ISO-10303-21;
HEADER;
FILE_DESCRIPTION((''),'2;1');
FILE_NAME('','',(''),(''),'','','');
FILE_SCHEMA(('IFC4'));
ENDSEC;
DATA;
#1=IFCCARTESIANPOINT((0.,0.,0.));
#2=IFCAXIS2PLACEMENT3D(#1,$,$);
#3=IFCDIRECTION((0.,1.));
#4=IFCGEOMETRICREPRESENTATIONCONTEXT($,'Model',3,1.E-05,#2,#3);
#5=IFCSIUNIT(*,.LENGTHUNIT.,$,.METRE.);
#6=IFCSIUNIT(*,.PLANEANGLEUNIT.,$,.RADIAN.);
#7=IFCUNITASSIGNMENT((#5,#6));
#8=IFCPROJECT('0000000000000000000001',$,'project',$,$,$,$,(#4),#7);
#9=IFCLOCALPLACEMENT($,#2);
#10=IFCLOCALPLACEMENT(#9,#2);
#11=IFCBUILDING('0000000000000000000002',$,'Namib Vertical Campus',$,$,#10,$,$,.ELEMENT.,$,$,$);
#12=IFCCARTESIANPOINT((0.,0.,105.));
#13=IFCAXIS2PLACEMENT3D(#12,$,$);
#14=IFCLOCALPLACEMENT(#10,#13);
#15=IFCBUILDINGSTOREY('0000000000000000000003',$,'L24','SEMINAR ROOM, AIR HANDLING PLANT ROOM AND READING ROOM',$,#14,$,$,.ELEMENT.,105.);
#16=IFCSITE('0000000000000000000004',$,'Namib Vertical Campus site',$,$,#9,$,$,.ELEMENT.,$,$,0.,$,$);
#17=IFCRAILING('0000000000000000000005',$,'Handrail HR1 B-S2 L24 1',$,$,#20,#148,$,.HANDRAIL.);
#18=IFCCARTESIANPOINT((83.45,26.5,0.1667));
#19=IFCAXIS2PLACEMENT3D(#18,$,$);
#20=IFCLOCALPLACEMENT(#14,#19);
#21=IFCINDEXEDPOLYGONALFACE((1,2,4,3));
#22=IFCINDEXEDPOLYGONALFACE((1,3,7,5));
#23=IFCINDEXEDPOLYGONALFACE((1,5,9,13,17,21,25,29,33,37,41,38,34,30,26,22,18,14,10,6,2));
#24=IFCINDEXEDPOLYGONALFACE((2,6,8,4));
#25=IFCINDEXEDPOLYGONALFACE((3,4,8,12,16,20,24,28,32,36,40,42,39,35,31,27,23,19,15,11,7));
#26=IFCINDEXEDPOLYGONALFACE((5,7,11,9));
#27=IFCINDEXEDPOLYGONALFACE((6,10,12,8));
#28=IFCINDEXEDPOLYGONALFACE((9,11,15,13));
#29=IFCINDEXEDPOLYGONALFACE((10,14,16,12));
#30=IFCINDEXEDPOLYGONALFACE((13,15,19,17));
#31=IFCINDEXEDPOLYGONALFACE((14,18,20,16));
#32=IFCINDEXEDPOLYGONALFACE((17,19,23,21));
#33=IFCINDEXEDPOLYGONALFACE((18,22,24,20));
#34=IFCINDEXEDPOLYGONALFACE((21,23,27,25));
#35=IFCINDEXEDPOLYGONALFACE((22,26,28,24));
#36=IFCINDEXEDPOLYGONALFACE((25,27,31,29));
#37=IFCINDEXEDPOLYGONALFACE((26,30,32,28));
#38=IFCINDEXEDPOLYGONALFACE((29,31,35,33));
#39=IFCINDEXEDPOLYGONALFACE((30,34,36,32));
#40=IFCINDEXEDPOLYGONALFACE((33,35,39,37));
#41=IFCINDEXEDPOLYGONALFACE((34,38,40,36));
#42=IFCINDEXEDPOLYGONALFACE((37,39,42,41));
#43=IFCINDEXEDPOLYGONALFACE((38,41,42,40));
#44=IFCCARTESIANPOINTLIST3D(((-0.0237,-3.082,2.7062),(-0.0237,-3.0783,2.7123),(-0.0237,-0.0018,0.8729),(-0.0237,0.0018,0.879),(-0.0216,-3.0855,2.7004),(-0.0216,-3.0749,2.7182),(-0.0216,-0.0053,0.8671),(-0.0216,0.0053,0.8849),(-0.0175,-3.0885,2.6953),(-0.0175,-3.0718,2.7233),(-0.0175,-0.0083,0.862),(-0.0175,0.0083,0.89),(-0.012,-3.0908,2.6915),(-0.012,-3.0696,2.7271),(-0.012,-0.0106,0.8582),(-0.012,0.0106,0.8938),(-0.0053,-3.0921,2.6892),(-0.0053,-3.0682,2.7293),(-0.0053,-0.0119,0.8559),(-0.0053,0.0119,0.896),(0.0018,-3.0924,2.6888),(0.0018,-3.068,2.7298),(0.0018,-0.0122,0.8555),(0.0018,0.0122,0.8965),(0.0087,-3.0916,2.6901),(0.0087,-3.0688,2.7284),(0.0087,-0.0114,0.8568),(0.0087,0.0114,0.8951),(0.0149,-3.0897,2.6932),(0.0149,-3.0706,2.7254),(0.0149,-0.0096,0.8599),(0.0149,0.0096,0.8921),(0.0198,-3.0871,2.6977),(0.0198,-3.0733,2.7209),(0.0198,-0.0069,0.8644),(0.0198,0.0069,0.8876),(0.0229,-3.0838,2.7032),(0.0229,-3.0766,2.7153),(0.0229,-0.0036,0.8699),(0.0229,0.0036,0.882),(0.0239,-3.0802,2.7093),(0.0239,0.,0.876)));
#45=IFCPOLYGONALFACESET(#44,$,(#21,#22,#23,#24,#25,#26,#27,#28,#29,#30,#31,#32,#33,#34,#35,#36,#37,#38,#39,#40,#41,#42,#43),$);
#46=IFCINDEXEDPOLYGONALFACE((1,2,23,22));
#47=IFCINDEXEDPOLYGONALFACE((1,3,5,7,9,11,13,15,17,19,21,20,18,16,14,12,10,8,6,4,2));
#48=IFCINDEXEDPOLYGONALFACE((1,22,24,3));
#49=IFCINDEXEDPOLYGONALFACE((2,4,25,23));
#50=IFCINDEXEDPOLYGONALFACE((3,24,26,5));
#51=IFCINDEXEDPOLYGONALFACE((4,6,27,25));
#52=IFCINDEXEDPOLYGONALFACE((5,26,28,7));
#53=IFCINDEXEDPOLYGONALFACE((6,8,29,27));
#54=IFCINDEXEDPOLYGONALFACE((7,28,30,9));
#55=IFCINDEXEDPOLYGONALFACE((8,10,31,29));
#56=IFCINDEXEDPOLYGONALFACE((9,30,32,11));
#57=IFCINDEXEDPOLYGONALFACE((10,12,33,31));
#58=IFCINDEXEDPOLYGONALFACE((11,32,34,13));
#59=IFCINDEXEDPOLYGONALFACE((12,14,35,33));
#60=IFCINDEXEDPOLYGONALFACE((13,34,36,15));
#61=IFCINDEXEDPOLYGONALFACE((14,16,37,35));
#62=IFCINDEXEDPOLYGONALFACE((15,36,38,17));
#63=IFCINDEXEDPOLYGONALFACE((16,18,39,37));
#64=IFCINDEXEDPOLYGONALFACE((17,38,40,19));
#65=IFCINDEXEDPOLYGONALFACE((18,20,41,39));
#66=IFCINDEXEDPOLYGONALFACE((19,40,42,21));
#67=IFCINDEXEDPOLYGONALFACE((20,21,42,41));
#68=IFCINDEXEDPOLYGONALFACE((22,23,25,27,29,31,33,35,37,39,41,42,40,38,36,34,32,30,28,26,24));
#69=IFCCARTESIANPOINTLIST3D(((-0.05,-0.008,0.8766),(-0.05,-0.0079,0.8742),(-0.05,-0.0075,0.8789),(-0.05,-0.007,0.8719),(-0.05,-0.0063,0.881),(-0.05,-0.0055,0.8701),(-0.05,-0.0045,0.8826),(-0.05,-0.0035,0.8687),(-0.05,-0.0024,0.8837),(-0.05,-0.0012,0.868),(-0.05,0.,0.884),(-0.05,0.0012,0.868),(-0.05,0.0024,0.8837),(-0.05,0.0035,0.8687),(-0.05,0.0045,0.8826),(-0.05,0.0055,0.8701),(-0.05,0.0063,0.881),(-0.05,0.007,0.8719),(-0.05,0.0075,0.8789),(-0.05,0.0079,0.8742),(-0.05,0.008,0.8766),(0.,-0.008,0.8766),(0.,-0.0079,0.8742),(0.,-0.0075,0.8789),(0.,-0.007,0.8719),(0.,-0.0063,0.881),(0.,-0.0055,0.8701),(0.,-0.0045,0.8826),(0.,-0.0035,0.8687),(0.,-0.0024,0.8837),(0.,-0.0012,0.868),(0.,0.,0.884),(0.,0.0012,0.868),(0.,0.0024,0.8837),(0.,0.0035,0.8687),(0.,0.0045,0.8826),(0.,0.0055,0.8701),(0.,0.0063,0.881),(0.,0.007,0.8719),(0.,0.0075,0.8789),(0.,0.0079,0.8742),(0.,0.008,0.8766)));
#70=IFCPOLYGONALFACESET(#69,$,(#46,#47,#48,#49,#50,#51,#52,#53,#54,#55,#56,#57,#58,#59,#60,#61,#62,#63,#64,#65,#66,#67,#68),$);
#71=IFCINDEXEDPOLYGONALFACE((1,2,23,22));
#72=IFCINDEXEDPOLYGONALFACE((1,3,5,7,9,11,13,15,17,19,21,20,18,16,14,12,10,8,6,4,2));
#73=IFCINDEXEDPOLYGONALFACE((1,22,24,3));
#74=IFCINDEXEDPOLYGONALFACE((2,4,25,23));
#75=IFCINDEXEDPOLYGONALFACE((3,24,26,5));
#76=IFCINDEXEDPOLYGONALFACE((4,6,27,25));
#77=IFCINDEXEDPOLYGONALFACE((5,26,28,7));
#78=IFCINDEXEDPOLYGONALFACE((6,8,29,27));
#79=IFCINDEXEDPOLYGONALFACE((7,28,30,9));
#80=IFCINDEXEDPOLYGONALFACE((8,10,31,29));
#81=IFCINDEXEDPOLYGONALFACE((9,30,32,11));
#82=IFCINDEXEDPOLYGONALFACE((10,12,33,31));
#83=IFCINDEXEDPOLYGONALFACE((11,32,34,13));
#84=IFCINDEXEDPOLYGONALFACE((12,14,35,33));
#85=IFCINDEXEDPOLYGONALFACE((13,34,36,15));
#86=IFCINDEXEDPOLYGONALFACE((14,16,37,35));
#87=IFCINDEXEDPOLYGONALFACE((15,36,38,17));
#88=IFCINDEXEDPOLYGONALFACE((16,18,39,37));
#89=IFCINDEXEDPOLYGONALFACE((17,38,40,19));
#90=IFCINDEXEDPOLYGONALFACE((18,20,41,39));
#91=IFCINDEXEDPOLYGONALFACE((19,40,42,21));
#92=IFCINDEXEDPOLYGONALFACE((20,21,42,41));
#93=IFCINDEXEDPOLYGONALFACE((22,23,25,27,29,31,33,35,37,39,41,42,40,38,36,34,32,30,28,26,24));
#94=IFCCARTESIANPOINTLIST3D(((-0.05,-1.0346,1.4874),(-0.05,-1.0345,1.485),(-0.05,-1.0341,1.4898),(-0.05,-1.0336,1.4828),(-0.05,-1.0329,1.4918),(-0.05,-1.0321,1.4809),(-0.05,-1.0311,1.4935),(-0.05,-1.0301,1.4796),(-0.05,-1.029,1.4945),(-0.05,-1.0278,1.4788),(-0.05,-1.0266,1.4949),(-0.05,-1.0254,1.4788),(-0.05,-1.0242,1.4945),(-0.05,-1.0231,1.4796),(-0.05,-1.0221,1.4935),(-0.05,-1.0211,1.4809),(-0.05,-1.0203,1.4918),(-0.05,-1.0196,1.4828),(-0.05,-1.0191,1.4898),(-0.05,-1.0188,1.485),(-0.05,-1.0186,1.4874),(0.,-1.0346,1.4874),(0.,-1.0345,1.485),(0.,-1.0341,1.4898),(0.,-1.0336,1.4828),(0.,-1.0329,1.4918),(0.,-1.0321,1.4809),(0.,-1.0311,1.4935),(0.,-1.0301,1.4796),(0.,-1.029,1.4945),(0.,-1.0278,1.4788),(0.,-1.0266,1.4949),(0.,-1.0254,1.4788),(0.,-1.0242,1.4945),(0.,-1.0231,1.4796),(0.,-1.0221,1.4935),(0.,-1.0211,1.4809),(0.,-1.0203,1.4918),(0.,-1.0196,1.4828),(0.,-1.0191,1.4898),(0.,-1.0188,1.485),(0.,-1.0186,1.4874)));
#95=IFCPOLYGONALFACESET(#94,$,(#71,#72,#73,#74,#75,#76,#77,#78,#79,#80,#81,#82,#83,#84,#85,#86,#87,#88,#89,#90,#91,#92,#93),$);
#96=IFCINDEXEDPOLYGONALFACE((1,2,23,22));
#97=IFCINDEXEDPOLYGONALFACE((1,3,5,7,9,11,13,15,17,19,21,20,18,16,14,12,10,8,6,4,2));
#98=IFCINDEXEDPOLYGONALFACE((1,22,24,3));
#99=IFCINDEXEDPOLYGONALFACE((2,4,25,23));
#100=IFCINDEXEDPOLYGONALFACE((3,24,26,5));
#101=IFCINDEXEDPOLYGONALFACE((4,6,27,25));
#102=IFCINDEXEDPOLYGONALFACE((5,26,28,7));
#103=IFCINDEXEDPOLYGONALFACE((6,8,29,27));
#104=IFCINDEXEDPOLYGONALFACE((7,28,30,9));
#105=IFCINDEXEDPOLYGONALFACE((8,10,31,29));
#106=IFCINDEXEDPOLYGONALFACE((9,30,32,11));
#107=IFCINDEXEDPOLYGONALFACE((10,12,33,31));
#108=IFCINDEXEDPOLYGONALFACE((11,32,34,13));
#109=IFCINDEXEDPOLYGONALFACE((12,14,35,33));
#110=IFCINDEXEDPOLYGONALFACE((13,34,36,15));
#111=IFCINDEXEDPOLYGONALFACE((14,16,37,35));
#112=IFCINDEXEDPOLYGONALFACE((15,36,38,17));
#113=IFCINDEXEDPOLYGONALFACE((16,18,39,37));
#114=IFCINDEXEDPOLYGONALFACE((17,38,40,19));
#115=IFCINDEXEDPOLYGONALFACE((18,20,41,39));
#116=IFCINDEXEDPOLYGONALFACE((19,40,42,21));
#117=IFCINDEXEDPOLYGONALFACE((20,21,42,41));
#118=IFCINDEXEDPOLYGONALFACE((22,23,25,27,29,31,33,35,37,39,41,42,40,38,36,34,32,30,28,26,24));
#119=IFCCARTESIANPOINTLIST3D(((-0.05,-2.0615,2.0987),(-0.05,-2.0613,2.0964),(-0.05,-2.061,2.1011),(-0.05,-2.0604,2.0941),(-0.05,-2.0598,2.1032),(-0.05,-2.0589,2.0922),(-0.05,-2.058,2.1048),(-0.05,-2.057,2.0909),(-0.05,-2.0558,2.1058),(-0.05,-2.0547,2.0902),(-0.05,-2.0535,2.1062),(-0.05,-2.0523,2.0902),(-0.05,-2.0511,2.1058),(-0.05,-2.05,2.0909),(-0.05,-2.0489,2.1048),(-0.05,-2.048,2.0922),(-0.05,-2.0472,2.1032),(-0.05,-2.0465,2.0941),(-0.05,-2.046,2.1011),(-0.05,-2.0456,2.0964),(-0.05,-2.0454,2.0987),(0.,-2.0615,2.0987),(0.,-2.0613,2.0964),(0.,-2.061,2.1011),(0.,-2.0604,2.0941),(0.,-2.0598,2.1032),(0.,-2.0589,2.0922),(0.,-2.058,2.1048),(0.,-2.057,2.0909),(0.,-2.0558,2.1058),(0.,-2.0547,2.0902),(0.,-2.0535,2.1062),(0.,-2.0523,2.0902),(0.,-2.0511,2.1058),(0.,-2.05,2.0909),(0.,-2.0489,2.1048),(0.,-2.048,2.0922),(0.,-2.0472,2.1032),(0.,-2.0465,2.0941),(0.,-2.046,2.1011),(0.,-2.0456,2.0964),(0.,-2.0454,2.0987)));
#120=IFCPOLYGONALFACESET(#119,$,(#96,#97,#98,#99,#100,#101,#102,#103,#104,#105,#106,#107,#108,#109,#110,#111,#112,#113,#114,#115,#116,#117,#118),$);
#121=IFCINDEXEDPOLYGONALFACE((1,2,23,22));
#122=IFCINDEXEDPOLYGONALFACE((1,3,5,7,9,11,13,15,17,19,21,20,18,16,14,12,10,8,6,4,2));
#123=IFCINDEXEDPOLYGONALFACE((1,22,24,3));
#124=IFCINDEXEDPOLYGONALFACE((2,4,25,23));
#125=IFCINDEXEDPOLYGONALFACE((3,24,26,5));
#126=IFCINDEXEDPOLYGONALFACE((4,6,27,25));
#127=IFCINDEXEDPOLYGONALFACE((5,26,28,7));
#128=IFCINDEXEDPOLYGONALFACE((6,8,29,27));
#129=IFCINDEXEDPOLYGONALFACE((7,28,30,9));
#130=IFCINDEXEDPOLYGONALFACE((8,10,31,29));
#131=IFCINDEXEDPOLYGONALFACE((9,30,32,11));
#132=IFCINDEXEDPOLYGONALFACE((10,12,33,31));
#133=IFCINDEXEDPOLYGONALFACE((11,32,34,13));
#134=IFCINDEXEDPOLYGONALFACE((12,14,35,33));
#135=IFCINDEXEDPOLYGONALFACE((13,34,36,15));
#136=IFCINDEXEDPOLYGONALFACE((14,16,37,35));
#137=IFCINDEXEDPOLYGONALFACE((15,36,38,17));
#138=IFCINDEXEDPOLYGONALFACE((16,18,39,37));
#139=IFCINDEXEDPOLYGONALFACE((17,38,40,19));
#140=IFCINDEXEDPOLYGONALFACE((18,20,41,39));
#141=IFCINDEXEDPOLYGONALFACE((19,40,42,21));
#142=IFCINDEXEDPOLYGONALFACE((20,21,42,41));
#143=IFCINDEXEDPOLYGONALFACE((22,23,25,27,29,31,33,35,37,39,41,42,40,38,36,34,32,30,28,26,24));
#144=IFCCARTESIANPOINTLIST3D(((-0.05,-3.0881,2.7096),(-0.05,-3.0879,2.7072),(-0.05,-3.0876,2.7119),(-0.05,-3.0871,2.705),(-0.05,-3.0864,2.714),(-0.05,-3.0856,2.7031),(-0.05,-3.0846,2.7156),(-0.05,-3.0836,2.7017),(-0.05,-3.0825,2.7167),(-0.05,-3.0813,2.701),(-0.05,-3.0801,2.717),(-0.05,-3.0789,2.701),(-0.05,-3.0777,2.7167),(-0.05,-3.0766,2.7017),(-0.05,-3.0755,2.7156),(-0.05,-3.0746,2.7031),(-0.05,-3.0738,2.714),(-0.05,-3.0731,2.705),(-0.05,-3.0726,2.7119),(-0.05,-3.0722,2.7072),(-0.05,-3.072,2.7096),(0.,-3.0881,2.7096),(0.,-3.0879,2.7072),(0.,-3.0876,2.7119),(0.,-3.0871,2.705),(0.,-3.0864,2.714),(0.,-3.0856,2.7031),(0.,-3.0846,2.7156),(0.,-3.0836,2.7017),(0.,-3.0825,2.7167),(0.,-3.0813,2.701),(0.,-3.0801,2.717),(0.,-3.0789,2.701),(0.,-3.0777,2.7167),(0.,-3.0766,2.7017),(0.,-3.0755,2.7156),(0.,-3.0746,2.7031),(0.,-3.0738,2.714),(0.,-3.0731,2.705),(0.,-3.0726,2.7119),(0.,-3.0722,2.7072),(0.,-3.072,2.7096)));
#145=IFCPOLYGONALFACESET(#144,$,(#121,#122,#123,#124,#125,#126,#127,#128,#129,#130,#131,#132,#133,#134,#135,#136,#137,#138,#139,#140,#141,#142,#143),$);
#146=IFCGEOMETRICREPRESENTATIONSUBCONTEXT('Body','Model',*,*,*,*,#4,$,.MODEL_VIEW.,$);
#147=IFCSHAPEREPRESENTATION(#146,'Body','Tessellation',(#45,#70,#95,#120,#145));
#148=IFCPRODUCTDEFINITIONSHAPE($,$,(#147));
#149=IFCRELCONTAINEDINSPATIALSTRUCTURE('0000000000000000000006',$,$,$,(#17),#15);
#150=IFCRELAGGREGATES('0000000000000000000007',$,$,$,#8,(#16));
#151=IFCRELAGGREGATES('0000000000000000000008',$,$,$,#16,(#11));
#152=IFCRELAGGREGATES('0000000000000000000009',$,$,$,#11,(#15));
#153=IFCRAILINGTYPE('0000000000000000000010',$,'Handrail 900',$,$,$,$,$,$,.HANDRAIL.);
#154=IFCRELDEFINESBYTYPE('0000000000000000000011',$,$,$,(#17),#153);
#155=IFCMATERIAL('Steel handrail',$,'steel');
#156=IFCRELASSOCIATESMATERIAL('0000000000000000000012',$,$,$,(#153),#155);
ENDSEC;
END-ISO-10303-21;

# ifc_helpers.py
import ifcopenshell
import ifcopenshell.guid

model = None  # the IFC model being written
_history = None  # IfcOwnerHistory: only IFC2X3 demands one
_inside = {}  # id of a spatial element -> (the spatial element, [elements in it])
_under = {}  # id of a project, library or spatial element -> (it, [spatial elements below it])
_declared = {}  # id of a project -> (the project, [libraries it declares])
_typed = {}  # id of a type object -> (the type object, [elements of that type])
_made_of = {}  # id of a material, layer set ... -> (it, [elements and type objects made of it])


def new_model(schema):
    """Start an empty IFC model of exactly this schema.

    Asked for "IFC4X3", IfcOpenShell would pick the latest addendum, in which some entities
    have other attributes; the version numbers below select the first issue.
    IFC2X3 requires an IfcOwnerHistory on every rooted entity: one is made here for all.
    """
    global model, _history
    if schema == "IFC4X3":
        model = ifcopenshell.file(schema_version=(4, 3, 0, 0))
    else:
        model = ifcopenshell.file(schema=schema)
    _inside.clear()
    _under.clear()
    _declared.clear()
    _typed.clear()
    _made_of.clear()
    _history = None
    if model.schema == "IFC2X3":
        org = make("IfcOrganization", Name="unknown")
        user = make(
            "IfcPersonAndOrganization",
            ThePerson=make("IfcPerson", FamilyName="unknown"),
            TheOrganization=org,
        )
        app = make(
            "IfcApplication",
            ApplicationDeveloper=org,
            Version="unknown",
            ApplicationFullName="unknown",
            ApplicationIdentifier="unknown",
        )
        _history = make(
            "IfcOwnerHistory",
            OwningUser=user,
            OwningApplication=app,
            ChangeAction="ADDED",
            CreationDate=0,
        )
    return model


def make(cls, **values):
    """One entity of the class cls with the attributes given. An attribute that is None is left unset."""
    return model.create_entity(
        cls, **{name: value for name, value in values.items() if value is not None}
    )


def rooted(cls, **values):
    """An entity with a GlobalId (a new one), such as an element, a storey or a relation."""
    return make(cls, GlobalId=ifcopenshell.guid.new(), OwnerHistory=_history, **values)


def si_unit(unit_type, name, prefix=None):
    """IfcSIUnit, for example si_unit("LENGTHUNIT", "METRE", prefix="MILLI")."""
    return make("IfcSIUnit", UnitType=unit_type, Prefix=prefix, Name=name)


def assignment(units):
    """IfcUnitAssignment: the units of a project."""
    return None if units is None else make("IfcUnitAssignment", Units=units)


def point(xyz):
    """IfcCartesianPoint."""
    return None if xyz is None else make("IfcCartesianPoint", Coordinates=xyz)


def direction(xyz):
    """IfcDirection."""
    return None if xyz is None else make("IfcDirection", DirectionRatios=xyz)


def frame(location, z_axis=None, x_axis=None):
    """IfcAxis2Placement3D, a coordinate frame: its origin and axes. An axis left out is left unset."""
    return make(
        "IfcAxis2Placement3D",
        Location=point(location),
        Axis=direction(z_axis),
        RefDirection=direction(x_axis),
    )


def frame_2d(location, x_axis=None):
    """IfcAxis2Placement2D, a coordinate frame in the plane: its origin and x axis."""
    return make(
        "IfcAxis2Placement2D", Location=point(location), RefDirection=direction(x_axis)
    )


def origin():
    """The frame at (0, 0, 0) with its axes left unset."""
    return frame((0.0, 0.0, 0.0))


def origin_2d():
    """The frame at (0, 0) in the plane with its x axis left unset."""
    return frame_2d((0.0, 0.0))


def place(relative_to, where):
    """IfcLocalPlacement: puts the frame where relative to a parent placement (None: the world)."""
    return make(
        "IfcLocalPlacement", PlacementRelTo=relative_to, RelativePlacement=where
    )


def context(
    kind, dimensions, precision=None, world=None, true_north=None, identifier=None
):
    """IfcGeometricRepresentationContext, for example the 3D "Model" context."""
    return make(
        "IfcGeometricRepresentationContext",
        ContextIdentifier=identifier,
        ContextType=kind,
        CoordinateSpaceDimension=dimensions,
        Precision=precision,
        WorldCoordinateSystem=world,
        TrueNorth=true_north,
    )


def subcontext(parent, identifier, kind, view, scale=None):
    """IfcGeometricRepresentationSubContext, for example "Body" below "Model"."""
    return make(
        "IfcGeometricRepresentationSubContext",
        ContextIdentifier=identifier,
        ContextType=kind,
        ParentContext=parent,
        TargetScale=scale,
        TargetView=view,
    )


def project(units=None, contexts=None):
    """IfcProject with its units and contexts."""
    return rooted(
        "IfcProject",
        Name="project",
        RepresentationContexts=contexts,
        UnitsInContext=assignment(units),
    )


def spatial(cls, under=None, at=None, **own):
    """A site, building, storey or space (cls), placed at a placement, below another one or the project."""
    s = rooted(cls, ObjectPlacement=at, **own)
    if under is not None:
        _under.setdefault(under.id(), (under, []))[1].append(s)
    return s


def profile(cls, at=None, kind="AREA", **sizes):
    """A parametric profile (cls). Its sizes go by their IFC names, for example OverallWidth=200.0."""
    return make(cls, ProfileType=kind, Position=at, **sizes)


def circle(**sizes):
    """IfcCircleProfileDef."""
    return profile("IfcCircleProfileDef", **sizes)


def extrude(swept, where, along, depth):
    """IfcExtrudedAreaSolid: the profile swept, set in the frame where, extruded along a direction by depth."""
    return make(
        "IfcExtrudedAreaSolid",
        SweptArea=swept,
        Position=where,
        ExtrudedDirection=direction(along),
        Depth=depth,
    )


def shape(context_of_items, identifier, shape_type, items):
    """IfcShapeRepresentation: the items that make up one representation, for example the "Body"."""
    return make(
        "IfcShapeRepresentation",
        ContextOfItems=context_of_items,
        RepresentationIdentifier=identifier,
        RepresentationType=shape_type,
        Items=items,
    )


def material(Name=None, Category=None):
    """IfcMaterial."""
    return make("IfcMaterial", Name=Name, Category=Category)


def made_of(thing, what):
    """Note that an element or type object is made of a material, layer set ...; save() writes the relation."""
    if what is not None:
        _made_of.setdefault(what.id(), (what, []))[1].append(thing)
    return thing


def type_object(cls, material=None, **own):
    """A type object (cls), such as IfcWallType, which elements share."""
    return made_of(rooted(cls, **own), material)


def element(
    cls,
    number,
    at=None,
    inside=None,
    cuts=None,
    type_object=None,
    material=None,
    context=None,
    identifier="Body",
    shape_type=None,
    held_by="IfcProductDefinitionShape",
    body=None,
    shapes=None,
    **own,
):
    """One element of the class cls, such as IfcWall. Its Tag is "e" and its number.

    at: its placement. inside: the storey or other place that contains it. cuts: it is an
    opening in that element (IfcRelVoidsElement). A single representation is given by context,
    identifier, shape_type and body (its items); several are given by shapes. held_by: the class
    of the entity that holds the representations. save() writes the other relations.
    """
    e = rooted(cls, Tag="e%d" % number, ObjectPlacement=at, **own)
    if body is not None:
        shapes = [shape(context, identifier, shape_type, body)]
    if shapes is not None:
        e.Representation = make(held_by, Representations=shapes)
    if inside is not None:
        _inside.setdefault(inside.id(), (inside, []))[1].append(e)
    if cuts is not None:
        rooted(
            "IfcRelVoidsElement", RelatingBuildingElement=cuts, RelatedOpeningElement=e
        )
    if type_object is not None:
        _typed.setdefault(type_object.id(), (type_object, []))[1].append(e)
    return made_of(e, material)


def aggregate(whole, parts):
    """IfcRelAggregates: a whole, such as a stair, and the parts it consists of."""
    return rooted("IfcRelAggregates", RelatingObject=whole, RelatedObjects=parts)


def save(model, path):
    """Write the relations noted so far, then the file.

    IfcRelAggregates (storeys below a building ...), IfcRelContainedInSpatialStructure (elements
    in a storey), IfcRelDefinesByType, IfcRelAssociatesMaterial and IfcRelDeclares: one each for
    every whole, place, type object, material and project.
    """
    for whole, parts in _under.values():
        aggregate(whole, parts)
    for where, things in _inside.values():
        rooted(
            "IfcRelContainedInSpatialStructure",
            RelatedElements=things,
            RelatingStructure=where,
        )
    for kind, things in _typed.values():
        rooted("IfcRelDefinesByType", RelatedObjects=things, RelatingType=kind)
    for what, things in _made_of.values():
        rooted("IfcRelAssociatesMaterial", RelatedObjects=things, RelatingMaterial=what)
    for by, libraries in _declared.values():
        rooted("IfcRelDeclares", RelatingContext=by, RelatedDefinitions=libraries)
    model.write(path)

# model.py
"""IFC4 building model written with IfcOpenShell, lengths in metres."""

from ifc_helpers import new_model, si_unit, direction, frame, origin, origin_2d, place, context, subcontext, project, spatial, circle, extrude, material, type_object, element, save


model = new_model("IFC4")

# Units and contexts
model_context = context("Model", 3, precision=1e-05, world=origin(), true_north=direction((0.0, 1.0)))
body_context = subcontext(model_context, "Body", "Model", "MODEL_VIEW")
ifc_project = project(units=[si_unit("LENGTHUNIT", "METRE"), si_unit("PLANEANGLEUNIT", "RADIAN")], contexts=[model_context])

# Site, building, storey
site_placement = place(None, origin())
site = spatial("IfcSite", under=ifc_project, at=site_placement, Name="Namib Vertical Campus site", CompositionType="ELEMENT", RefElevation=0.0)
building_placement = place(site_placement, origin())
building = spatial("IfcBuilding", under=site, at=building_placement, Name="Namib Vertical Campus", CompositionType="ELEMENT")
storey_placement = place(building_placement, frame((0.0, 0.0, 105.0)))
storey = spatial("IfcBuildingStorey", under=building, at=storey_placement, Name="L24", Description="SEMINAR ROOM, AIR HANDLING PLANT ROOM AND READING ROOM", CompositionType="ELEMENT", Elevation=105.0)

# Railing
ifc_material_1 = material(Name="Steel handrail", Category="steel")
railing_type_1 = type_object("IfcRailingType", Name="Handrail 900", PredefinedType="HANDRAIL", material=ifc_material_1)
railing_1_placement = place(storey_placement, frame((83.45, 26.5, 0.1667)))
element("IfcRailing", 1, at=railing_1_placement, inside=storey, type_object=railing_type_1, Name="Handrail HR1 B-S2 L24 1", PredefinedType="HANDRAIL", context=body_context, shape_type="SweptSolid", body=[
    extrude(circle(Radius=0.0239, at=origin_2d()), frame((0.0, 0.0, 0.876), z_axis=(0.0, -0.859309, 0.511458), x_axis=(1.0, 0.0, 0.0)), (0.0, 0.0, 1.0), 3.5845),
    extrude(circle(Radius=0.0081, at=origin_2d()), frame((0.0, 0.0, 0.876), z_axis=(-1.0, 0.0, 0.0), x_axis=(0.0, 0.0, 1.0)), (0.0, 0.0, 1.0), 0.05),
    extrude(circle(Radius=0.0081, at=origin_2d()), frame((0.0, -1.0266, 1.4868), z_axis=(-1.0, 0.0, 0.0), x_axis=(0.0, 0.0, 1.0)), (0.0, 0.0, 1.0), 0.05),
    extrude(circle(Radius=0.0081, at=origin_2d()), frame((0.0, -2.0535, 2.0981), z_axis=(-1.0, 0.0, 0.0), x_axis=(0.0, 0.0, 1.0)), (0.0, 0.0, 1.0), 0.05),
    extrude(circle(Radius=0.0081, at=origin_2d()), frame((0.0, -3.0801, 2.709), z_axis=(-1.0, 0.0, 0.0), x_axis=(0.0, 0.0, 1.0)), (0.0, 0.0, 1.0), 0.05),
])

save(model, "model.ifc")
